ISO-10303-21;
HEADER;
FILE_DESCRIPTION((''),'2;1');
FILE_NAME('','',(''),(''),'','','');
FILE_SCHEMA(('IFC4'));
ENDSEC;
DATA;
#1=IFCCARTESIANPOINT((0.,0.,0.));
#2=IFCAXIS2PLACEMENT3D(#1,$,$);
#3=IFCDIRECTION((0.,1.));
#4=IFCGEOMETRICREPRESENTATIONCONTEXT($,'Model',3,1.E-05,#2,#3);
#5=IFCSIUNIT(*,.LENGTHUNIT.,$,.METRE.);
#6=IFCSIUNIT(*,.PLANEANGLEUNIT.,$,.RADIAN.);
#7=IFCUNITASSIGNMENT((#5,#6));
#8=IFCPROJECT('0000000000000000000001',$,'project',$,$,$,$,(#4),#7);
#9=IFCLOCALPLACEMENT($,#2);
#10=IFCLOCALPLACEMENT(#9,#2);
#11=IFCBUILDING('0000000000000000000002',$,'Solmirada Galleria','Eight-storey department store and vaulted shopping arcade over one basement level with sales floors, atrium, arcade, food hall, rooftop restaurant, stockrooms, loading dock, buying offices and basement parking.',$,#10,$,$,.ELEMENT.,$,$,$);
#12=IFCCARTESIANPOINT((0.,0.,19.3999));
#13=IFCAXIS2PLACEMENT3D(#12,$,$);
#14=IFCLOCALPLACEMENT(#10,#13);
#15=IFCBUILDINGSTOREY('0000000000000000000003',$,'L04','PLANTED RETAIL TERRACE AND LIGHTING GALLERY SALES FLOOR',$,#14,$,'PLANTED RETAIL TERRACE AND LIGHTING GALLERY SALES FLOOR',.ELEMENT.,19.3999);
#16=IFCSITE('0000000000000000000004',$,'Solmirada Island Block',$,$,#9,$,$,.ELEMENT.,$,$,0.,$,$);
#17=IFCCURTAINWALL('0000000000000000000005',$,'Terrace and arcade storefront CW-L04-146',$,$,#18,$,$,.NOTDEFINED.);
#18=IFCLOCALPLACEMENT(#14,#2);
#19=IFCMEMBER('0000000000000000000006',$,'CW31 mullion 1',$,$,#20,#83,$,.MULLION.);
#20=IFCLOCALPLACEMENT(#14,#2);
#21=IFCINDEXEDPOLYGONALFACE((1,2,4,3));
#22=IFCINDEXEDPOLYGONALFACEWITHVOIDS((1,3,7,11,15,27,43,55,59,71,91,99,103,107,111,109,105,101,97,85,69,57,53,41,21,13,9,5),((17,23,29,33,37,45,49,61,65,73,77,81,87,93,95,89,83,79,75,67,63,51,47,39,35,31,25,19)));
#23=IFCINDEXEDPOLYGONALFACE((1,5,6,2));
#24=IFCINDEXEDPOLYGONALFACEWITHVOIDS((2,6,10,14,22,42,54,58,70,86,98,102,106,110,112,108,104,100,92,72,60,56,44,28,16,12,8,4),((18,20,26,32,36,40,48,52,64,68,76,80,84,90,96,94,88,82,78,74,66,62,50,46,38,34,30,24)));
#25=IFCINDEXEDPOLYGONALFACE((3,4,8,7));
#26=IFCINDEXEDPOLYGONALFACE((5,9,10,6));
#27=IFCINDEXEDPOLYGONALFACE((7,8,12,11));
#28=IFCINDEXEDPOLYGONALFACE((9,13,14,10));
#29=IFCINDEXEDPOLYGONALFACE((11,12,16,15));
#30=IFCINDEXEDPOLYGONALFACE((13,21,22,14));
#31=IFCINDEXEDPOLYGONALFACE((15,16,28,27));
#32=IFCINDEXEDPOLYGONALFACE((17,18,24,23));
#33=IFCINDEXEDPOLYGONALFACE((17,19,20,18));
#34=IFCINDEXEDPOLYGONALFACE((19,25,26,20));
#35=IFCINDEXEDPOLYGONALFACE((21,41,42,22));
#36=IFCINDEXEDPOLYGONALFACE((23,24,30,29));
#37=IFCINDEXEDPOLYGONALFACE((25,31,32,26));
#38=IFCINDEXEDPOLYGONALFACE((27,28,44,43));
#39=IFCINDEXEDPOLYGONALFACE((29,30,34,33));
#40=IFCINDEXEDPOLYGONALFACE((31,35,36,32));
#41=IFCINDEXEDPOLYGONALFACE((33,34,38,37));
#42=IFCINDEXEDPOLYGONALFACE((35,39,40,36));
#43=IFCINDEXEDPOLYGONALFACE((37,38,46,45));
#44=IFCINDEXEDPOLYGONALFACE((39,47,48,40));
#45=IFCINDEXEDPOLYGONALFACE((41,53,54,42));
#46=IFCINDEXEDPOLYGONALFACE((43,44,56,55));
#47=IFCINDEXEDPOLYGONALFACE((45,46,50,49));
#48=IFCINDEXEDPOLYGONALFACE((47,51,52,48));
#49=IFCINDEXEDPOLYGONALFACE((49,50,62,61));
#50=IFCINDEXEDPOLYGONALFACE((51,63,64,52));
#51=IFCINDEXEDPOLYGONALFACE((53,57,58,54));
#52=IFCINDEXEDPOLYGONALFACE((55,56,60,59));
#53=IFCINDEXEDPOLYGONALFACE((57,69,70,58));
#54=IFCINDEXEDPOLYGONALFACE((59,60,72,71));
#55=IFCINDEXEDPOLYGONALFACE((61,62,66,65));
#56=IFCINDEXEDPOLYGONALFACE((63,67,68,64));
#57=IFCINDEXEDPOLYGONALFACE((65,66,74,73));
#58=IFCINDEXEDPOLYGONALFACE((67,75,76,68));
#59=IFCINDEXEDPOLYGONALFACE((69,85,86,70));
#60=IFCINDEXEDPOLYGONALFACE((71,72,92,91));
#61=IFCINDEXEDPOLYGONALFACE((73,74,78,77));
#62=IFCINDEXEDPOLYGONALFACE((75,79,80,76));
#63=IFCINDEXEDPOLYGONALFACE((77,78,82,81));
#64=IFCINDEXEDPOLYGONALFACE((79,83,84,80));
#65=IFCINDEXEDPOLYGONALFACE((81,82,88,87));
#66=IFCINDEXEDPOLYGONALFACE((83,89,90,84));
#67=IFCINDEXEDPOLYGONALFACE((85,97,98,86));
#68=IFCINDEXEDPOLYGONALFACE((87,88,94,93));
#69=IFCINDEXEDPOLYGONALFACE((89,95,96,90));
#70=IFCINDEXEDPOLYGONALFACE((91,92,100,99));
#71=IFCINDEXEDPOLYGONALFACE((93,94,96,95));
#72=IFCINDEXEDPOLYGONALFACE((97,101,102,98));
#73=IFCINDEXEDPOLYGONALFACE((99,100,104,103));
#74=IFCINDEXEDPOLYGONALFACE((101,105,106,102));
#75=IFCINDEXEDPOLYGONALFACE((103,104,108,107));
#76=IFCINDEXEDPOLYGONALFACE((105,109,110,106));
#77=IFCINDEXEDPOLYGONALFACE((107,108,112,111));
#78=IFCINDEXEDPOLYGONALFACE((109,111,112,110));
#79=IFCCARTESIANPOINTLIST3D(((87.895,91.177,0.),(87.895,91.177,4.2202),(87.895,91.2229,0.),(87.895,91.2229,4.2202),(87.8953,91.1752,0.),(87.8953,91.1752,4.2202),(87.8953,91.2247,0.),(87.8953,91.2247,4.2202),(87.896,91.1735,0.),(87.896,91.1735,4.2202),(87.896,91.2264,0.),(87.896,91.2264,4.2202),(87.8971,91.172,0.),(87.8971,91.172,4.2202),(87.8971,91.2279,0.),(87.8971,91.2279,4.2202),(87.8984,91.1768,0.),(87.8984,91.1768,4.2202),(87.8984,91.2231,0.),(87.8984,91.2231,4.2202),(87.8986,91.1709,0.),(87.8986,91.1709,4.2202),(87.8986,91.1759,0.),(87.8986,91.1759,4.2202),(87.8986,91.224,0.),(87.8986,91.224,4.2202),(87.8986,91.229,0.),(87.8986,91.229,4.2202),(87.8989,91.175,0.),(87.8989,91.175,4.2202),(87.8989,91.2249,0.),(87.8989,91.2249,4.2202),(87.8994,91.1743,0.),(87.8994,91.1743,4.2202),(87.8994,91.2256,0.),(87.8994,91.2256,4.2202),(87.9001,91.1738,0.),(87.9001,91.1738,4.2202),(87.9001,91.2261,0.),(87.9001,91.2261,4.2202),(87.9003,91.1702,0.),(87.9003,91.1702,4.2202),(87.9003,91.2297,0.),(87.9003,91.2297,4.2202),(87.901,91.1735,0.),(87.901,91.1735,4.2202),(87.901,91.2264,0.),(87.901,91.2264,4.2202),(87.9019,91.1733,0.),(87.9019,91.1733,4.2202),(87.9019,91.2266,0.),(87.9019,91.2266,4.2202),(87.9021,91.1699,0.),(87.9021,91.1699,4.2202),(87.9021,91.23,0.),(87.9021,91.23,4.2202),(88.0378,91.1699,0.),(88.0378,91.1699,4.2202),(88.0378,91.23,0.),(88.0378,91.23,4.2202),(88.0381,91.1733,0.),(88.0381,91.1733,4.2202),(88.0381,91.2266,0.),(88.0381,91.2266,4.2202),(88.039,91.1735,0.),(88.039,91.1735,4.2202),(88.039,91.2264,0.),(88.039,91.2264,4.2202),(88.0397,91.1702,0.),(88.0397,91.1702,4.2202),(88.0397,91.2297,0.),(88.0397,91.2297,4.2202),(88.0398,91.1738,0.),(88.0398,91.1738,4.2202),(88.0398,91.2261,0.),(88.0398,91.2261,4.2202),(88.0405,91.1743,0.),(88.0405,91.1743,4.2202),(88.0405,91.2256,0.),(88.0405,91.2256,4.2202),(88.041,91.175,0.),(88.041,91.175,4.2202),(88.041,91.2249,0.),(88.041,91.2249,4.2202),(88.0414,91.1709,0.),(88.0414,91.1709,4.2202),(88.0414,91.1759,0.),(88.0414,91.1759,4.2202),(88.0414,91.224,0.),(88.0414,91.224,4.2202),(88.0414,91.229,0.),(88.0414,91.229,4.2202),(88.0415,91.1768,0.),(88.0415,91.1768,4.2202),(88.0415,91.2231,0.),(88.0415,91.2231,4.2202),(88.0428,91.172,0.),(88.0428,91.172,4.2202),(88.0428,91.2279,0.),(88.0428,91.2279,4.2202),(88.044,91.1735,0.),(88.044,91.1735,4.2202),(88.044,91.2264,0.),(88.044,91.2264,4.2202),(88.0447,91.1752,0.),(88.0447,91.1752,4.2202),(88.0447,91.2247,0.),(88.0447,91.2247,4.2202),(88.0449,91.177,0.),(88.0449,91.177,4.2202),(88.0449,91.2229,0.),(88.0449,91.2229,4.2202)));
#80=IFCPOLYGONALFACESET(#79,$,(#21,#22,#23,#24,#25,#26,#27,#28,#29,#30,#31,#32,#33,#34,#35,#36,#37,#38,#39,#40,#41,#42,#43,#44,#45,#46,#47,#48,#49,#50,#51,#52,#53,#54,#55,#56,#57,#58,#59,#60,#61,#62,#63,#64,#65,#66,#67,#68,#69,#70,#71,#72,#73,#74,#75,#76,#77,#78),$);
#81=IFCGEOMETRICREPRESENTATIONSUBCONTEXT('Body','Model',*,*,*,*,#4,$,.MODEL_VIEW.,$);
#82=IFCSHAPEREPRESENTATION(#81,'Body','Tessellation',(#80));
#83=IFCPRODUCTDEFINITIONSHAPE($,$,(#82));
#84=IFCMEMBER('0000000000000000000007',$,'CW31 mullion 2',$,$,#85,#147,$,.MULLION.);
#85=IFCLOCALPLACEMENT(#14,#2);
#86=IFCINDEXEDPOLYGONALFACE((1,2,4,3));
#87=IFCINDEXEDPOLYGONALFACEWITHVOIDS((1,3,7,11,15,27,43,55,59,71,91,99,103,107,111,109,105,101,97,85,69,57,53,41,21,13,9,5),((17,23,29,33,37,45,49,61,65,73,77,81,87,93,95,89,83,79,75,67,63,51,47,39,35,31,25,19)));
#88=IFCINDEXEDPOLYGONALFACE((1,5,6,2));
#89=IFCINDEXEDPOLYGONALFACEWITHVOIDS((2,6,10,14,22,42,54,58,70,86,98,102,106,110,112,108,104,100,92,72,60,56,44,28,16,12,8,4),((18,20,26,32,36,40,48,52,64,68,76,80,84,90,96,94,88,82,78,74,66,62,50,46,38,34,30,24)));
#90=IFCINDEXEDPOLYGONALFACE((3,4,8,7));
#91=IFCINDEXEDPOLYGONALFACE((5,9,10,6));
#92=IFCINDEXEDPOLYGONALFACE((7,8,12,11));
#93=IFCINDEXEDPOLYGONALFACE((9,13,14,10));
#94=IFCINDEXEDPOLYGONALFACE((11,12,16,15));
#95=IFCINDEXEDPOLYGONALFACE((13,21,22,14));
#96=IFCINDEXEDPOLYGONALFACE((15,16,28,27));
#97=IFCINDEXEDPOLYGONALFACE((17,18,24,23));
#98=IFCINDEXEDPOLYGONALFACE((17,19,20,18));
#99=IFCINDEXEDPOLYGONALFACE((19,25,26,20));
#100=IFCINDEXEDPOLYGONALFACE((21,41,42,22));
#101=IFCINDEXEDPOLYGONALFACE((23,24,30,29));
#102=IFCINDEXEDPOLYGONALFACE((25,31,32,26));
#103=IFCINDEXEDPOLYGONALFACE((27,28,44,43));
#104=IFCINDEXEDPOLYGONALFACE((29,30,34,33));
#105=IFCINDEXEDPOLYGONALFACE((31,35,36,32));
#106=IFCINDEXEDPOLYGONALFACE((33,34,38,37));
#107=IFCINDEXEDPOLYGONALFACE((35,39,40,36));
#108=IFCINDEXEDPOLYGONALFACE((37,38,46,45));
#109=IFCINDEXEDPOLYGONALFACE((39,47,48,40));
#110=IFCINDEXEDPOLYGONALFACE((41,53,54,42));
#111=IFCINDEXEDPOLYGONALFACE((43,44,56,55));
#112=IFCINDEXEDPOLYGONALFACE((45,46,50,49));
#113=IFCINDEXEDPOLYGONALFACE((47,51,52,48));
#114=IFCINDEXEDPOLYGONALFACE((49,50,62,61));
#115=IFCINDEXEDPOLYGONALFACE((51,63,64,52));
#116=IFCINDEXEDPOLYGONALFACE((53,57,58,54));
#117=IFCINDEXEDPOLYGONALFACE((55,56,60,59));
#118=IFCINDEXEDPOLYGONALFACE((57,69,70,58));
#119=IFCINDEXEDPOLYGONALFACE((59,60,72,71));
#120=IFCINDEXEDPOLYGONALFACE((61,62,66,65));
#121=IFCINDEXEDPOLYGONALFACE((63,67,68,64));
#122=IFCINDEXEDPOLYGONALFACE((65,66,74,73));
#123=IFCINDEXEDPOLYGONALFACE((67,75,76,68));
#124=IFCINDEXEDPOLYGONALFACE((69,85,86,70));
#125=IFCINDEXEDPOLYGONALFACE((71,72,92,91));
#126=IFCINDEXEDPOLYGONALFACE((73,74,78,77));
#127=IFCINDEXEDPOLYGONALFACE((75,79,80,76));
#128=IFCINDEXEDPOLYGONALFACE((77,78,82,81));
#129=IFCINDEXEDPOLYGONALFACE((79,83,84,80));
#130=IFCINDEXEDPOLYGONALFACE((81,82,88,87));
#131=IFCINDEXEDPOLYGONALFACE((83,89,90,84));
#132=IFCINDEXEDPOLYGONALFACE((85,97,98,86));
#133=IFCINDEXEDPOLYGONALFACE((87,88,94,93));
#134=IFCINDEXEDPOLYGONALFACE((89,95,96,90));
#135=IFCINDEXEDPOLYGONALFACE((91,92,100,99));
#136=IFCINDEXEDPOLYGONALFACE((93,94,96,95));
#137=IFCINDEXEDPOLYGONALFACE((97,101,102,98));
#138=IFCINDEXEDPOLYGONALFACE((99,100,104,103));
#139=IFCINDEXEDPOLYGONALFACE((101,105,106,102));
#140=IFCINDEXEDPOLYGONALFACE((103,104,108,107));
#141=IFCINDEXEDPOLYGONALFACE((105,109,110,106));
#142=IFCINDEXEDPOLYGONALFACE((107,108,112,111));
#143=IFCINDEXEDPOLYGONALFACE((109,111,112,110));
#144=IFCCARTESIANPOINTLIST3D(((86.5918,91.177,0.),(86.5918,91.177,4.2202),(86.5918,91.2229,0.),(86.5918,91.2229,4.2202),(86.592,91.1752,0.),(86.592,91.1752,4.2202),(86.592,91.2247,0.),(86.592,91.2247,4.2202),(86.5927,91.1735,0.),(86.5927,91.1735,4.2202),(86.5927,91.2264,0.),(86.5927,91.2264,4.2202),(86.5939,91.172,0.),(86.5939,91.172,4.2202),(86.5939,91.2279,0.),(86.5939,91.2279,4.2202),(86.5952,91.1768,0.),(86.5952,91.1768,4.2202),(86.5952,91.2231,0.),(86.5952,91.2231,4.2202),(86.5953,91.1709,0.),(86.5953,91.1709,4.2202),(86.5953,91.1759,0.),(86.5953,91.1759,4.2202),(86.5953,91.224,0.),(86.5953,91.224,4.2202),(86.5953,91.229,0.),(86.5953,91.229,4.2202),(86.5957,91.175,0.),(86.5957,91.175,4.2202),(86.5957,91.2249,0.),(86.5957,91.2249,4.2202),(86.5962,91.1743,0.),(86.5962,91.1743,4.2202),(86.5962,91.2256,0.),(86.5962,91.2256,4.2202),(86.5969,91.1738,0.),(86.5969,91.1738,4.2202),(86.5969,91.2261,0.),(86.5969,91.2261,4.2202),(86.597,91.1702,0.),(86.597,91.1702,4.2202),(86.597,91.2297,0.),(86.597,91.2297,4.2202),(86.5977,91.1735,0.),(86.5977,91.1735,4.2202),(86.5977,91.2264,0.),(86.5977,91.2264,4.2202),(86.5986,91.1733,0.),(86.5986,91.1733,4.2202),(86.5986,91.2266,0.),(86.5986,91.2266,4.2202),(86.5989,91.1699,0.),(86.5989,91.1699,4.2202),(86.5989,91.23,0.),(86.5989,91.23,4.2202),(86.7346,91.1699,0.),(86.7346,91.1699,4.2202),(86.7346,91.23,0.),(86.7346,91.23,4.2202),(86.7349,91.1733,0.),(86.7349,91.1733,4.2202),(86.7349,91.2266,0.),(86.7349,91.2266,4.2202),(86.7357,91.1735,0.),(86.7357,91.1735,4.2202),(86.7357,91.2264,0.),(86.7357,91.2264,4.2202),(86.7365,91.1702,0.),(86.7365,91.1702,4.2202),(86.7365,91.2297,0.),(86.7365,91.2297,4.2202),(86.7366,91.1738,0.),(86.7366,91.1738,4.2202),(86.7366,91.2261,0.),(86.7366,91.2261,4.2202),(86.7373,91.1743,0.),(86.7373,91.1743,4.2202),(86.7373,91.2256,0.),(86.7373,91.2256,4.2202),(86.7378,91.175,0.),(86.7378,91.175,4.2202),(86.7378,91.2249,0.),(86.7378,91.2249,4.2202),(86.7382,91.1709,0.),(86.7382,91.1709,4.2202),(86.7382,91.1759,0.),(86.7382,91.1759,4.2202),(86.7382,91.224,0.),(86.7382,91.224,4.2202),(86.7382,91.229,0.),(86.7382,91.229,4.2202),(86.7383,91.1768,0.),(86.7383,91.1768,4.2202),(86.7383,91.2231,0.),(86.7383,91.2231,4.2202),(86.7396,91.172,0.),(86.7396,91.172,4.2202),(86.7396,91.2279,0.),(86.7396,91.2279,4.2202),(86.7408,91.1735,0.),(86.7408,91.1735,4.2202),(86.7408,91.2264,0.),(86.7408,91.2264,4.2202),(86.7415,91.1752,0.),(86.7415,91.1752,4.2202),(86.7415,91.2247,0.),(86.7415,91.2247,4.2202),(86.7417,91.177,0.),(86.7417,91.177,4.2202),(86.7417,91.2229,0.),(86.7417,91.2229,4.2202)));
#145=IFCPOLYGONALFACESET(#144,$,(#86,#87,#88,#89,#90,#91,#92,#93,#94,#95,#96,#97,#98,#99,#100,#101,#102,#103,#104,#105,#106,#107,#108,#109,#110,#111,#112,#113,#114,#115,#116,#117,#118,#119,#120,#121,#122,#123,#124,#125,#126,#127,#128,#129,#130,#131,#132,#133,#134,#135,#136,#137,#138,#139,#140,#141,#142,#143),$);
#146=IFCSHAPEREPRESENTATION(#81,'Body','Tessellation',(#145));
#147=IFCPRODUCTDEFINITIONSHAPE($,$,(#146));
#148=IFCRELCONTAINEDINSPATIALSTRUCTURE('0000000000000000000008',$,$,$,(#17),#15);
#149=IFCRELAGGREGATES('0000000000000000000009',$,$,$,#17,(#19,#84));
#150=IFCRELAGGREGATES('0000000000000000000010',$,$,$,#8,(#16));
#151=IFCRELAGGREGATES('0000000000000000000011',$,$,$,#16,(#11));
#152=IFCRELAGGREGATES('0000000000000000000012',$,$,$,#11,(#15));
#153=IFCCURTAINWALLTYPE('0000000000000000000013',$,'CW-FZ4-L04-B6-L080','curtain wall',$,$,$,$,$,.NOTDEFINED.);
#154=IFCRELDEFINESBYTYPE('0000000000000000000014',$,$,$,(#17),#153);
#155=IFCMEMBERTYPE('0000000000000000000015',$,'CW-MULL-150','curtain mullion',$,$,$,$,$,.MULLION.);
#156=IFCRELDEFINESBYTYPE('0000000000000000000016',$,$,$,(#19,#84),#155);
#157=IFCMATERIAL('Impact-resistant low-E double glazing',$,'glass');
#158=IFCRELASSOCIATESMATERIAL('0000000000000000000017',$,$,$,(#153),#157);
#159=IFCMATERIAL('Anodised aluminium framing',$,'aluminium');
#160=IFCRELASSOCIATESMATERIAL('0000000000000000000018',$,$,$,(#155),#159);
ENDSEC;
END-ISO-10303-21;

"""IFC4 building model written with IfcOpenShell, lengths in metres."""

from ifc_helpers import new_model, si_unit, direction, frame, origin, origin_2d, place, context, subcontext, project, spatial, hollow_rectangle, extrude, material, material_profile, profile_set, type_object, element, aggregate, save


model = new_model("IFC4")

# Units and contexts
model_context = context("Model", 3, precision=1e-05, world=origin(), true_north=direction((0.0, 1.0)))
body_context = subcontext(model_context, "Body", "Model", "MODEL_VIEW")
ifc_project = project(units=[si_unit("LENGTHUNIT", "METRE"), si_unit("PLANEANGLEUNIT", "RADIAN")], contexts=[model_context])

# Site, building, storey
site_placement = place(None, origin())
site = spatial("IfcSite", under=ifc_project, at=site_placement, Name="Solmirada Island Block", CompositionType="ELEMENT", RefElevation=0.0)
building_placement = place(site_placement, origin())
building = spatial("IfcBuilding", under=site, at=building_placement, Name="Solmirada Galleria", Description="Eight-storey department store and vaulted shopping arcade over one basement level with sales floors, atrium, arcade, food hall, rooftop restaurant, stockrooms, loading dock, buying offices and basement parking.", CompositionType="ELEMENT")
storey_placement = place(building_placement, frame((0.0, 0.0, 19.3999)))
storey = spatial("IfcBuildingStorey", under=building, at=storey_placement, Name="L04", Description="PLANTED RETAIL TERRACE AND LIGHTING GALLERY SALES FLOOR", LongName="PLANTED RETAIL TERRACE AND LIGHTING GALLERY SALES FLOOR", CompositionType="ELEMENT", Elevation=19.3999)

# Curtain wall, members
ifc_material_1 = material(Name="Impact-resistant low-E double glazing", Category="glass")
curtain_wall_type = type_object("IfcCurtainWallType", Name="CW-FZ4-L04-B6-L080", Description="curtain wall", PredefinedType="NOTDEFINED", material=ifc_material_1)
curtain_wall_1_placement = place(storey_placement, origin())
curtain_wall_1 = element("IfcCurtainWall", 1, at=curtain_wall_1_placement, inside=storey, type_object=curtain_wall_type, Name="Terrace and arcade storefront CW-L04-146", PredefinedType="NOTDEFINED")
ifc_material_2 = material(Name="Anodised aluminium framing", Category="aluminium")
ifc_material_profile_1 = material_profile(ifc_material_2, hollow_rectangle(XDim=0.0601, YDim=0.1499, WallThickness=0.0034, InnerFilletRadius=0.0034, OuterFilletRadius=0.0071, at=origin_2d()), Name="ALU-MULL-150X60")
ifc_profile_set_1 = profile_set([ifc_material_profile_1], Name="Anodised aluminium framing")
member_type_1 = type_object("IfcMemberType", Name="CW-MULL-150", Description="curtain mullion", PredefinedType="MULLION", material=ifc_profile_set_1)
member_1_placement = place(storey_placement, frame((87.97, 91.2, 0.0), z_axis=(0.0, 0.0, 1.0), x_axis=(0.0, -1.0, 0.0)))
member_1 = element("IfcMember", 2, at=member_1_placement, type_object=member_type_1, Name="CW31 mullion 1", PredefinedType="MULLION", context=body_context, shape_type="SweptSolid", body=[
    extrude(hollow_rectangle(XDim=0.0601, YDim=0.1499, WallThickness=0.0034, InnerFilletRadius=0.0034, OuterFilletRadius=0.0071, at=origin_2d()), origin(), (0.0, 0.0, 1.0), 4.2202),
])
member_2_placement = place(storey_placement, frame((86.6667, 91.2, 0.0), z_axis=(0.0, 0.0, 1.0), x_axis=(0.0, -1.0, 0.0)))
member_2 = element("IfcMember", 3, at=member_2_placement, type_object=member_type_1, Name="CW31 mullion 2", PredefinedType="MULLION", context=body_context, shape_type="SweptSolid", body=[
    extrude(hollow_rectangle(XDim=0.0601, YDim=0.1499, WallThickness=0.0034, InnerFilletRadius=0.0034, OuterFilletRadius=0.0071, at=origin_2d()), origin(), (0.0, 0.0, 1.0), 4.2202),
])

aggregate(curtain_wall_1, [member_1, member_2])

save(model, "model.ifc")
